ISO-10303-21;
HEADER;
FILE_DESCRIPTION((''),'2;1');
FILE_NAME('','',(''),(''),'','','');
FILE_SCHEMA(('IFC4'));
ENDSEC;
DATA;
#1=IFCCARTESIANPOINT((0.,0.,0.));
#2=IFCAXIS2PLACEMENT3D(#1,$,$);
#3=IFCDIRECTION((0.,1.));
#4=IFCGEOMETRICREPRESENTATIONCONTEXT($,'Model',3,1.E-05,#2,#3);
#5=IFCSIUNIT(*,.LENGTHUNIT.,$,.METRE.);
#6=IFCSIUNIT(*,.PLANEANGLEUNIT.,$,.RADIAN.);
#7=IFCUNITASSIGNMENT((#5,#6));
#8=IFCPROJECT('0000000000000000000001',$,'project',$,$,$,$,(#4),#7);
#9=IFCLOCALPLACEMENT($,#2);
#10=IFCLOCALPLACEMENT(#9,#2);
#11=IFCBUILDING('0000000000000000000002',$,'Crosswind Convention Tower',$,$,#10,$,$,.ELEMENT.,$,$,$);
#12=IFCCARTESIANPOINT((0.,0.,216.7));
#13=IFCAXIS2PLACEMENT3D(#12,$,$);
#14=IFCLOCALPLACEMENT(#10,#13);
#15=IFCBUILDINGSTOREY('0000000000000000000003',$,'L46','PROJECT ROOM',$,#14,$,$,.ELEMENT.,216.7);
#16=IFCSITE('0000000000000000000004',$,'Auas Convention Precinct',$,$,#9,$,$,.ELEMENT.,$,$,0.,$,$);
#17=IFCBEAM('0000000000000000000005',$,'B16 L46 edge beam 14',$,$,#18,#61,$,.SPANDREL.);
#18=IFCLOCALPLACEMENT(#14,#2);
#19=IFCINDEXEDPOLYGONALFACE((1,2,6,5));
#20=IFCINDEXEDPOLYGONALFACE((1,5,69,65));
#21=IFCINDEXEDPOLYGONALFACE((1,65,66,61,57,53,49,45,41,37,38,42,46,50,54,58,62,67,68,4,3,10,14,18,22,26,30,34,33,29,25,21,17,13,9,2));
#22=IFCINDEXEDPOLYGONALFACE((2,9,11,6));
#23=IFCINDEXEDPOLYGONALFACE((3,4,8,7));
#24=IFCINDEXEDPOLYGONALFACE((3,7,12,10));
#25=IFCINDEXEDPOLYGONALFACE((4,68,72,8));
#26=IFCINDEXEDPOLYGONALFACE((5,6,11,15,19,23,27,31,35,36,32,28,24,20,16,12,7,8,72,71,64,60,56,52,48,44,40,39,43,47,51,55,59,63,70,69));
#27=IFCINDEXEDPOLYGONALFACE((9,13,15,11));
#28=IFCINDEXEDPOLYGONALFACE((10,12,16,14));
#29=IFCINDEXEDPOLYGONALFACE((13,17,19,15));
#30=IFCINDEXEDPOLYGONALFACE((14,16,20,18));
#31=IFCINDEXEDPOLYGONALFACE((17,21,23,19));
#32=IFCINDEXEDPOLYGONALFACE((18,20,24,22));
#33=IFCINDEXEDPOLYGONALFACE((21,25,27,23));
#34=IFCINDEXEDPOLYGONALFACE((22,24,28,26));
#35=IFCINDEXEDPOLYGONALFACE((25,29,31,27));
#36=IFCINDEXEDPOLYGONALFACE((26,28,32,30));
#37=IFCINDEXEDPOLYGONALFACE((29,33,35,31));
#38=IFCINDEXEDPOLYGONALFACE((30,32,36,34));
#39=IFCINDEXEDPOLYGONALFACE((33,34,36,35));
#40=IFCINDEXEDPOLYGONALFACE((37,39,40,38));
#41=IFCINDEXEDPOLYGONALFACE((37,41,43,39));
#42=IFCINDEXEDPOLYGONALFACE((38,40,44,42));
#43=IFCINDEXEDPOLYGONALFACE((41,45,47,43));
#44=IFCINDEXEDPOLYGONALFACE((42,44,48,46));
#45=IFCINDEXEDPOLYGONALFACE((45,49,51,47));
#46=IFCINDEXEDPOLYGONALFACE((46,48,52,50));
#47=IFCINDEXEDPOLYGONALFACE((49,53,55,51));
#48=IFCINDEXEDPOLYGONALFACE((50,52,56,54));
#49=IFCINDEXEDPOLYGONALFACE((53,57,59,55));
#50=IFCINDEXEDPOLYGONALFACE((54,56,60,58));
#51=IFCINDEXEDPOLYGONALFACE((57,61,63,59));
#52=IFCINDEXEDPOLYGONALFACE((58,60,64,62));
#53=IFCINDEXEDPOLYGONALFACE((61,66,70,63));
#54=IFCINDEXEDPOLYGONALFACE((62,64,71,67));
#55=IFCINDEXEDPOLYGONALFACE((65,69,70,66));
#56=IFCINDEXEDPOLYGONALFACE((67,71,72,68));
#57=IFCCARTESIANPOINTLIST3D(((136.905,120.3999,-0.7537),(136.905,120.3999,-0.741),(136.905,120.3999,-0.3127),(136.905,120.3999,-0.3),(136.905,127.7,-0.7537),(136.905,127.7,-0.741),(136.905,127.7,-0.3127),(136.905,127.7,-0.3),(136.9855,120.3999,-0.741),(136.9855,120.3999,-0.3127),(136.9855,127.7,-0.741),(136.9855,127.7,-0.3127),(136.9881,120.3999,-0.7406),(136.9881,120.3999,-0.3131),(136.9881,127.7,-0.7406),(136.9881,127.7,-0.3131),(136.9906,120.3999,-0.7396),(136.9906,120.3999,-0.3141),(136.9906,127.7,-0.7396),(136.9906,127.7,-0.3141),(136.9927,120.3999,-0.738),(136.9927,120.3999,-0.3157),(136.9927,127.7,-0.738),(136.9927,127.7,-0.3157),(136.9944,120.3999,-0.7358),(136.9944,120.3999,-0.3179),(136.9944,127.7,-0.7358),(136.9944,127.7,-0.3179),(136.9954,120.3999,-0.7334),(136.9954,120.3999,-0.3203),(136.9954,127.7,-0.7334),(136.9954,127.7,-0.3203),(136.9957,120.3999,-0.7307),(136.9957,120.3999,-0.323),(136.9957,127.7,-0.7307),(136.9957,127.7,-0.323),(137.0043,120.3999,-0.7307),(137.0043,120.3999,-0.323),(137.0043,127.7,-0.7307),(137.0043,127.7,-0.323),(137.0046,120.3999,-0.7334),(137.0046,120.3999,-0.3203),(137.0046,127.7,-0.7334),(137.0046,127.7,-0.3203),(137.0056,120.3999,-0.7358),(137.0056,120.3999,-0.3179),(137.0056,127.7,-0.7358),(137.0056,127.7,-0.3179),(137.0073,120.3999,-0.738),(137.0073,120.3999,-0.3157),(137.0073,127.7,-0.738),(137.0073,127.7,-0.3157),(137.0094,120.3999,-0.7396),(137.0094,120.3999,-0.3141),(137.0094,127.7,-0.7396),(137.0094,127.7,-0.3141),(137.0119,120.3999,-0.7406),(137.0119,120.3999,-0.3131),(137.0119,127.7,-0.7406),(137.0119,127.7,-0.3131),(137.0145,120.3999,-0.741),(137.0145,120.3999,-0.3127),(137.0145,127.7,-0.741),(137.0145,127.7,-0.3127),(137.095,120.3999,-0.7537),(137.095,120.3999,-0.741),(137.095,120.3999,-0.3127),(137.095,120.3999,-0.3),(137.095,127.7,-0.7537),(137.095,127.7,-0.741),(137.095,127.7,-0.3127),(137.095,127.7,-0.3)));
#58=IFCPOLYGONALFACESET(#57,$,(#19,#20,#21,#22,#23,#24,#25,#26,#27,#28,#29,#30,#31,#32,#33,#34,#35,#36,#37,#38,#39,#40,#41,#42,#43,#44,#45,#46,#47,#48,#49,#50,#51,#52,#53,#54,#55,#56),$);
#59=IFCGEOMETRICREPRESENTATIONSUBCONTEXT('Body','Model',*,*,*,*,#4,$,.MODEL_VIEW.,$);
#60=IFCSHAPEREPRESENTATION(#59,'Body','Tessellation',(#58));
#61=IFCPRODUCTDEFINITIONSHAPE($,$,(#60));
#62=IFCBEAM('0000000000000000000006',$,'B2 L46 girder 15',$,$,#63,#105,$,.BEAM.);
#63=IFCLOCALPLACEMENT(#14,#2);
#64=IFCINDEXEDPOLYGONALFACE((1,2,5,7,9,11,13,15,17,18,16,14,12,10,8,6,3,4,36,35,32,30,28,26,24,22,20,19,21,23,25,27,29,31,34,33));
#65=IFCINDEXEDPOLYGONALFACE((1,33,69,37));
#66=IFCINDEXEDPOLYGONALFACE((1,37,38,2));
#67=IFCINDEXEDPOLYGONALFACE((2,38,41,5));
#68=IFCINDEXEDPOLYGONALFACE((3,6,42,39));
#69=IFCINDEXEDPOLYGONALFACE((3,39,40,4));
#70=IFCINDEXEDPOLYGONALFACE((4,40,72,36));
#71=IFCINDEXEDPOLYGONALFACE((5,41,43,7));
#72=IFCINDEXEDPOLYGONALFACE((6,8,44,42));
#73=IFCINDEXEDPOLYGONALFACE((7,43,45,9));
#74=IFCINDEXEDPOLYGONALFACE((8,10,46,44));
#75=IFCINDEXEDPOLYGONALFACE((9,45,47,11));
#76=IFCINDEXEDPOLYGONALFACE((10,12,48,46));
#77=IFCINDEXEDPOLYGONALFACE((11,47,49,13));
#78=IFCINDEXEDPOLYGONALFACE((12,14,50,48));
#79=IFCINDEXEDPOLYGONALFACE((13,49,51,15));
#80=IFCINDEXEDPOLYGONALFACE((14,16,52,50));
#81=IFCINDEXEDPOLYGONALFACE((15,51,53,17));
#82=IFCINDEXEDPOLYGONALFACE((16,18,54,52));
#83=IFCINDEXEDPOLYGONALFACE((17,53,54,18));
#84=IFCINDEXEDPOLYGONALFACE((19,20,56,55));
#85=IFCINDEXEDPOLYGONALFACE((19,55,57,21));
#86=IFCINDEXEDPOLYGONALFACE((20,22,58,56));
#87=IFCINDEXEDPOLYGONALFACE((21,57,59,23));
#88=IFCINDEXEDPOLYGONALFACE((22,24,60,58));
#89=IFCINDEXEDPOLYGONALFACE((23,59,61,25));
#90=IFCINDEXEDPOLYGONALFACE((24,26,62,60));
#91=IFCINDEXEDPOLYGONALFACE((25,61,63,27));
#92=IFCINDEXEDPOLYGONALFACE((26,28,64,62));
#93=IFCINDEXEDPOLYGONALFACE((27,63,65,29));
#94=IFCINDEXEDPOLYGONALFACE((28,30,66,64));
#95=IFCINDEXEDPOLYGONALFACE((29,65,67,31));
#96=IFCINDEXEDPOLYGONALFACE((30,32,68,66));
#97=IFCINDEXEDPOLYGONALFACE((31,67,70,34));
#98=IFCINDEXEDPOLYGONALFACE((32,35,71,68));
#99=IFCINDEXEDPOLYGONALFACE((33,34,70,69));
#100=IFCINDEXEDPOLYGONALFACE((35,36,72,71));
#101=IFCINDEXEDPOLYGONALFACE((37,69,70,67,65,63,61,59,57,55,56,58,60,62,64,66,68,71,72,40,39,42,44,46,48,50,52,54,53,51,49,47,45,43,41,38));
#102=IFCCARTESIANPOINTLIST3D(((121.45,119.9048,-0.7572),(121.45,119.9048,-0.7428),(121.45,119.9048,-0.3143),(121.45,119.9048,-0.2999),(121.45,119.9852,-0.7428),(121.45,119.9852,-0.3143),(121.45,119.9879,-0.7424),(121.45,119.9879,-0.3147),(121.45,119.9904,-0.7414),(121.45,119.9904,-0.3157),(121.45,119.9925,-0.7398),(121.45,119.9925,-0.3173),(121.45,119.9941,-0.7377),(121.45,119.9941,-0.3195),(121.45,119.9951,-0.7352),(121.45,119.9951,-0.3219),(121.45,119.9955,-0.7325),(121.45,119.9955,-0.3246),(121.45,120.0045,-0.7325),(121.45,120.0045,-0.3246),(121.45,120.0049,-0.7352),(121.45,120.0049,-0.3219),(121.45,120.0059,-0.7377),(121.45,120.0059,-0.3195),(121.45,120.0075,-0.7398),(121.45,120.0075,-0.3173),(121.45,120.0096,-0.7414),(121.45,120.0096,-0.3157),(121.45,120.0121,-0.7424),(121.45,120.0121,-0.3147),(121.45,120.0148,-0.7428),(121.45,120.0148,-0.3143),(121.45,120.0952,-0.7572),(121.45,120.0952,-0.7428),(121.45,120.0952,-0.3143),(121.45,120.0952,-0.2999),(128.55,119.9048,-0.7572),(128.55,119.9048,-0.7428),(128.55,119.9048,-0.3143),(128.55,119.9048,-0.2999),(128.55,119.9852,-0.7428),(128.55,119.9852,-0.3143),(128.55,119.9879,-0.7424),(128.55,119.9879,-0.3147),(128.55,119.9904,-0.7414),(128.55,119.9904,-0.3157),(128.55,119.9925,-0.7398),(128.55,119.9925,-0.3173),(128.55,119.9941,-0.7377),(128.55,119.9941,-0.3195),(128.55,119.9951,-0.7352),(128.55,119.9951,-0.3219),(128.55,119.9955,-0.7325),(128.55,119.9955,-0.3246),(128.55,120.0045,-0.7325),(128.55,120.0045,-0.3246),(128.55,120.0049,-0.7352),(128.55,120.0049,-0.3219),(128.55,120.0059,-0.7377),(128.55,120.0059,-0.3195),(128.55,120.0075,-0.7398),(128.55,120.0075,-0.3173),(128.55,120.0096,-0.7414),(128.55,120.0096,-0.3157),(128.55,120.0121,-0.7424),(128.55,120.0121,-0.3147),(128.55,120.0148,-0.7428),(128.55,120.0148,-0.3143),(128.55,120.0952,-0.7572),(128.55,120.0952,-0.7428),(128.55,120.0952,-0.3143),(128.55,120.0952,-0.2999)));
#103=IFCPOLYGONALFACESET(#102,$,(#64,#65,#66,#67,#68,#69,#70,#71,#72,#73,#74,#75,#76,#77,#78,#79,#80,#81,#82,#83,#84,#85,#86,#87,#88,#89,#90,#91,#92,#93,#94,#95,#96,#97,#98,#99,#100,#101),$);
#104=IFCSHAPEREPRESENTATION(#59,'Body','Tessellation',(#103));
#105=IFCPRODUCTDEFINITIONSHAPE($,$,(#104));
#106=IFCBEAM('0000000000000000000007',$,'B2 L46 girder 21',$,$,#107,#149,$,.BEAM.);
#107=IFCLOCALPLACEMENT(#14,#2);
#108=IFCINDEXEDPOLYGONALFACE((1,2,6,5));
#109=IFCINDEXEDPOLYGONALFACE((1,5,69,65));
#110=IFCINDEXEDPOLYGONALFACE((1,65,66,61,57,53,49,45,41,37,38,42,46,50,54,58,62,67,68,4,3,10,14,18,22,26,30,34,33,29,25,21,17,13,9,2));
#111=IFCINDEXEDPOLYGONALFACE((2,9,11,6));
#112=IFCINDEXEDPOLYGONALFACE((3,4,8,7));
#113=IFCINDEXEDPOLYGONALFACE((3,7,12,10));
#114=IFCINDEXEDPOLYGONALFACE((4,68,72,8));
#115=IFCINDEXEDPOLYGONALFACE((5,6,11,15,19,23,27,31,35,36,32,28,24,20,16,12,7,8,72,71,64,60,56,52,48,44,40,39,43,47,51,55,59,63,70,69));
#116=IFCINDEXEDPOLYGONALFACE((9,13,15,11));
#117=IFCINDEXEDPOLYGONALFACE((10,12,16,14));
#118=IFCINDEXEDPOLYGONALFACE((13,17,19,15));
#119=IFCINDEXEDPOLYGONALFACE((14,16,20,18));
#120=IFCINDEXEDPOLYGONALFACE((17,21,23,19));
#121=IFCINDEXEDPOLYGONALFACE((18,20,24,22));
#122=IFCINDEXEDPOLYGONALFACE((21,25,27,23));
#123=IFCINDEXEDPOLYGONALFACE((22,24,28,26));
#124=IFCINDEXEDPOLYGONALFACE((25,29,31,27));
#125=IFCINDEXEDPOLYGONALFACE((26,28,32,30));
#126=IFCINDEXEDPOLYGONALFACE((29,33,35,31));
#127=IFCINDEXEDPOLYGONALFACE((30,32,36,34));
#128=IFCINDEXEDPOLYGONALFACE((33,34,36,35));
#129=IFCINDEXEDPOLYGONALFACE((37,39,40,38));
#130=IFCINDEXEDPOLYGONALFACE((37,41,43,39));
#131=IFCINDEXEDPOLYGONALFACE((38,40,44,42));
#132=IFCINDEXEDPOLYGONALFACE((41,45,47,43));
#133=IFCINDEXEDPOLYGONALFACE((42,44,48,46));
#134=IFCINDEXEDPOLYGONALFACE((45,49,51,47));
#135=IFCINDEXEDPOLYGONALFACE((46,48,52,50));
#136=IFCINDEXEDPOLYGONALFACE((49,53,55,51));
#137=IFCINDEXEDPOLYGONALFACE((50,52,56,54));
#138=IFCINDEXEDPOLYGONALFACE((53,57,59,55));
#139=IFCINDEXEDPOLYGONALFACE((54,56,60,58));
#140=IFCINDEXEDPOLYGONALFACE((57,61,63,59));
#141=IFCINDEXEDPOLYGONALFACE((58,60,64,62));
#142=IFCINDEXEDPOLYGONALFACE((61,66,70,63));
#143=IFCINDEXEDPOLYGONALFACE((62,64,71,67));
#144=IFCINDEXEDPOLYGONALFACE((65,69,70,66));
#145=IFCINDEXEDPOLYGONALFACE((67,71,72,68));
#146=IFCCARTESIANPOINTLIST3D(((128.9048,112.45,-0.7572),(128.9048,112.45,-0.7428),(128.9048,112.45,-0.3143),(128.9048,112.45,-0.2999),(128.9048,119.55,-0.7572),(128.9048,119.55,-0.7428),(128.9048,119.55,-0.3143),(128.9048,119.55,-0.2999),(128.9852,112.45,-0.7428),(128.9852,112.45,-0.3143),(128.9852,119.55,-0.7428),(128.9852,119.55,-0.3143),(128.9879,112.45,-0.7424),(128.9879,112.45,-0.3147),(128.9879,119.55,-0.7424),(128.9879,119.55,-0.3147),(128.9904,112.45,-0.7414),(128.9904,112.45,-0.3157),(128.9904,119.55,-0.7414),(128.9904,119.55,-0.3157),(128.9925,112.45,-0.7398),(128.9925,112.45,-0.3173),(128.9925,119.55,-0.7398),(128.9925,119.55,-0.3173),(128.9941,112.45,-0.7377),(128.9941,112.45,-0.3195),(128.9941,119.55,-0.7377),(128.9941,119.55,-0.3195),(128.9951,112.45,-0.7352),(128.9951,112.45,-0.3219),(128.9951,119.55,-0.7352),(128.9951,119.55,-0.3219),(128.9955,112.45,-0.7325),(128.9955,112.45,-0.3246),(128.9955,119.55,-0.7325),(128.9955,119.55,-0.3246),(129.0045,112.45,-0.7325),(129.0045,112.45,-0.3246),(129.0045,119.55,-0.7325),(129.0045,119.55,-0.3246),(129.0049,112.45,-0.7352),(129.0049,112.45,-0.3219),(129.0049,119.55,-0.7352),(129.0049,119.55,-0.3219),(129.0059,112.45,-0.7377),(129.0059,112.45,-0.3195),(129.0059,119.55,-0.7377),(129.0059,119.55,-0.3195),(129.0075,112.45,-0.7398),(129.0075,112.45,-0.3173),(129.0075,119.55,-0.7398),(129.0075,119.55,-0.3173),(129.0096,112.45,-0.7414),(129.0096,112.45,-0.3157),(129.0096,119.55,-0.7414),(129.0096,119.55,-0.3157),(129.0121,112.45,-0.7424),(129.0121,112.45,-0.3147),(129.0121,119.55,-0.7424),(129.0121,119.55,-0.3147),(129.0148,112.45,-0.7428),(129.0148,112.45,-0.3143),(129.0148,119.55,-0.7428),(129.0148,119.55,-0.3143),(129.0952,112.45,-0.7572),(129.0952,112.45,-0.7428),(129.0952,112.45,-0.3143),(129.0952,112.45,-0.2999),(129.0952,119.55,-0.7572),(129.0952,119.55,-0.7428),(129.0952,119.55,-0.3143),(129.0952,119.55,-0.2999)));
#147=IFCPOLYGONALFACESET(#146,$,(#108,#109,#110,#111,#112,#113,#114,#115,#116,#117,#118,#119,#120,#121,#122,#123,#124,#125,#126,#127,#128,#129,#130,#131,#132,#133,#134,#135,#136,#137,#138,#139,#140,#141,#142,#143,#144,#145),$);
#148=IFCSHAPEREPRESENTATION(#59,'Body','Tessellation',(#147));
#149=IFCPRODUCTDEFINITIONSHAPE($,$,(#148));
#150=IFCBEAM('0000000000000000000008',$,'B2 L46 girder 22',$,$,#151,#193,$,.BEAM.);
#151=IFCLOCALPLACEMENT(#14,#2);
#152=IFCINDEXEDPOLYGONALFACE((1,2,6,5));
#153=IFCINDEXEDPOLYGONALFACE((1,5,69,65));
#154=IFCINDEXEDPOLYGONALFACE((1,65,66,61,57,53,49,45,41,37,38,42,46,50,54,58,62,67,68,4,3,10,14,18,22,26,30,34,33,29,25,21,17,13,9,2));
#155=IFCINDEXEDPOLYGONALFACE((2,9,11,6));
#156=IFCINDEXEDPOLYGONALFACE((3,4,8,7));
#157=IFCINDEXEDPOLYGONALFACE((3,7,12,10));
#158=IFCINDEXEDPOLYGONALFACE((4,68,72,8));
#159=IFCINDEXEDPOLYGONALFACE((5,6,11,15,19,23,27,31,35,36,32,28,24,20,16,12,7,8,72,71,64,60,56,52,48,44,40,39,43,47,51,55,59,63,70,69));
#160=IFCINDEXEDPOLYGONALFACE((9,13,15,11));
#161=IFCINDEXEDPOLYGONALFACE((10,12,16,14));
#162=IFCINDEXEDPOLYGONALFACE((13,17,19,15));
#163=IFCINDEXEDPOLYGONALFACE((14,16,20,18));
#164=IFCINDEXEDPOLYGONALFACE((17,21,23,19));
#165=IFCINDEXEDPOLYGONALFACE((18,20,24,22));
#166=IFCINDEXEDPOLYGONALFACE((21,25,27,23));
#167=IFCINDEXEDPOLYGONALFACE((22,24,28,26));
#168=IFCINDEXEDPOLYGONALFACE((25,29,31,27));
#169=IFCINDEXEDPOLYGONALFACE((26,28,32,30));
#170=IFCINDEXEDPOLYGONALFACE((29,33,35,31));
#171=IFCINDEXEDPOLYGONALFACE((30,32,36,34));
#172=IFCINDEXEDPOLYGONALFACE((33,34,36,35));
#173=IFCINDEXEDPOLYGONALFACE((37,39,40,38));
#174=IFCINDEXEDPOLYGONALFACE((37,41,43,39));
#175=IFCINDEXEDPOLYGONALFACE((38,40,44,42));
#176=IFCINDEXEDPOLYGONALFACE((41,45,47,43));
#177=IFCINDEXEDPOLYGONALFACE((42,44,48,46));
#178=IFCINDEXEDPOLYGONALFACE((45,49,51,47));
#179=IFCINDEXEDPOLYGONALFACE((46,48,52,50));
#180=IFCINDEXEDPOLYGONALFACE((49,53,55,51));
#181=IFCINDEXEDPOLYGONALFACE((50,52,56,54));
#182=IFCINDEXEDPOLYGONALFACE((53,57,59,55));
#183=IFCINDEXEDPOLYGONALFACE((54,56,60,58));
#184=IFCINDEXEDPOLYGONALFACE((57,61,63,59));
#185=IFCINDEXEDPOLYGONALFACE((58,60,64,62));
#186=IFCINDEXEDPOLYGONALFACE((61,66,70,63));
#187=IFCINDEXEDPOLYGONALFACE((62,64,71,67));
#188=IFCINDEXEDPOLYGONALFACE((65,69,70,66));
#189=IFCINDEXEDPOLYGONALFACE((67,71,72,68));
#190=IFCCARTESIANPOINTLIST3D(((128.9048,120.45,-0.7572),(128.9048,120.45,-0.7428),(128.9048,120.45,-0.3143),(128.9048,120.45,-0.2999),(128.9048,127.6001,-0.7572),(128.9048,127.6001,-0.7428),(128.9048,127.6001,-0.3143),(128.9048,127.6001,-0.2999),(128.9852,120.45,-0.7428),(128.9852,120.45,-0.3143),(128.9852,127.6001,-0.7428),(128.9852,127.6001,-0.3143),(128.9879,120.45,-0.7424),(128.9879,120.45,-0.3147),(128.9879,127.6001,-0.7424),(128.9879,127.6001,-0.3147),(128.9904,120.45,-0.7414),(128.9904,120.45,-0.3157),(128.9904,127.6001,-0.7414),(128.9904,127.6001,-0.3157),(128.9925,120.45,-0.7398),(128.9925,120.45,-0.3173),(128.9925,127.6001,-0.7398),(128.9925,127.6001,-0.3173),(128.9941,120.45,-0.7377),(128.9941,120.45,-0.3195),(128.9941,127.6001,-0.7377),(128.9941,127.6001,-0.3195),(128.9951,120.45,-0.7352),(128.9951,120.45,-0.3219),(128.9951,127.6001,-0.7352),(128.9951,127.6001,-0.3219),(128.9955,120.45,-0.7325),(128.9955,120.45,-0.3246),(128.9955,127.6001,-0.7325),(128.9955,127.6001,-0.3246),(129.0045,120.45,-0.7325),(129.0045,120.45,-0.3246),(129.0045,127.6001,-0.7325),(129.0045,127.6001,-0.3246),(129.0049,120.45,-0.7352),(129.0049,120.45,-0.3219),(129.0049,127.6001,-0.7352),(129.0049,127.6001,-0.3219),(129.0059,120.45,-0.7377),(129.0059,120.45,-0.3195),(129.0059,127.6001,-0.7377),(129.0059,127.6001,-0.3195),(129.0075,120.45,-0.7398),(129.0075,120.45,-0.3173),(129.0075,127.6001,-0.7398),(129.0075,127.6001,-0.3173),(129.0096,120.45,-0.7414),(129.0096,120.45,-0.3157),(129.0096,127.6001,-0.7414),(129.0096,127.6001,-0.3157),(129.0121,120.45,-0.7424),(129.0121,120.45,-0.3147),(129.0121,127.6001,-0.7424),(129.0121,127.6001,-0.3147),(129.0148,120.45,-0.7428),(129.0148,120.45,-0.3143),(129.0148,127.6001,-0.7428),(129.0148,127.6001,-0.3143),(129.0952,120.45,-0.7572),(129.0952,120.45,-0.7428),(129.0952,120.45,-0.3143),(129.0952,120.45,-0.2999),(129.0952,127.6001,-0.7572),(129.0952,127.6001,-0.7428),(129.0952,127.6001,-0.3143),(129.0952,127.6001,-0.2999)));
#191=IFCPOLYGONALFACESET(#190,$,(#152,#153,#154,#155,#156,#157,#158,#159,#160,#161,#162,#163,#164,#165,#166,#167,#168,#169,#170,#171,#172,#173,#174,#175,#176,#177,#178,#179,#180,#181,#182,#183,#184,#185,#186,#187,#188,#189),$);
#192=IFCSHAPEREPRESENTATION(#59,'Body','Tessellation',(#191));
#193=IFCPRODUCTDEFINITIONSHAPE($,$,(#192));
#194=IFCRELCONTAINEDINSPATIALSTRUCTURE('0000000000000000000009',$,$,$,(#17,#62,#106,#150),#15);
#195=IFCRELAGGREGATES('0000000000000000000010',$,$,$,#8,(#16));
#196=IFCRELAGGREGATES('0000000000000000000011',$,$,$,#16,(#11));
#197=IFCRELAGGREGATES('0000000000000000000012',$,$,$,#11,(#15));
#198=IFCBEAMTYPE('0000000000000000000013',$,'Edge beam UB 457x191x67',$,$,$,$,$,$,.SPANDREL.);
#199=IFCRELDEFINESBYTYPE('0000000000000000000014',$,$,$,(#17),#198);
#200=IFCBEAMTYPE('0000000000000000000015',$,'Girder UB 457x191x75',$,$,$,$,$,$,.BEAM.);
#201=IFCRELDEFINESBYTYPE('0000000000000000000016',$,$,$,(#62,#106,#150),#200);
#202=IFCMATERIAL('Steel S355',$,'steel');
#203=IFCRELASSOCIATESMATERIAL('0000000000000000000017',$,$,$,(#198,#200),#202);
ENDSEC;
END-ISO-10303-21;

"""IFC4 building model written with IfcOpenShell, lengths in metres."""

from ifc_helpers import new_model, si_unit, direction, frame, origin, origin_2d, place, context, subcontext, project, spatial, i_section, extrude, material, material_profile, profile_set, type_object, element, save


model = new_model("IFC4")

# Units and contexts
model_context = context("Model", 3, precision=1e-05, world=origin(), true_north=direction((0.0, 1.0)))
body_context = subcontext(model_context, "Body", "Model", "MODEL_VIEW")
ifc_project = project(units=[si_unit("LENGTHUNIT", "METRE"), si_unit("PLANEANGLEUNIT", "RADIAN")], contexts=[model_context])

# Site, building, storey
site_placement = place(None, origin())
site = spatial("IfcSite", under=ifc_project, at=site_placement, Name="Auas Convention Precinct", CompositionType="ELEMENT", RefElevation=0.0)
building_placement = place(site_placement, origin())
building = spatial("IfcBuilding", under=site, at=building_placement, Name="Crosswind Convention Tower", CompositionType="ELEMENT")
storey_placement = place(building_placement, frame((0.0, 0.0, 216.7)))
storey = spatial("IfcBuildingStorey", under=building, at=storey_placement, Name="L46", Description="PROJECT ROOM", CompositionType="ELEMENT", Elevation=216.7)

# Beams
ifc_material_1 = material(Name="Steel S355", Category="steel")
ifc_material_profile_1 = material_profile(ifc_material_1, i_section(OverallWidth=0.1899, OverallDepth=0.4536, WebThickness=0.0085, FlangeThickness=0.0127, FilletRadius=0.0103, at=origin_2d()), Name="UB 457x191x67")
ifc_profile_set_1 = profile_set([ifc_material_profile_1], Name="Steel S355")
beam_type_1 = type_object("IfcBeamType", Name="Edge beam UB 457x191x67", PredefinedType="SPANDREL", material=ifc_profile_set_1)
for number, where, z_axis, x_axis, name in (
    (1, (137.0, 120.3999, -0.5269), (0.0, 1.0, 0.0), (-1.0, 0.0, 0.0), "B16 L46 edge beam 14"),
):
    element("IfcBeam", number, at=place(storey_placement, frame(where, z_axis=z_axis, x_axis=x_axis)), inside=storey, type_object=beam_type_1, Name=name, PredefinedType="SPANDREL", context=body_context, shape_type="SweptSolid", body=[
        extrude(i_section(OverallWidth=0.1899, OverallDepth=0.4536, WebThickness=0.0085, FlangeThickness=0.0127, FilletRadius=0.0103, at=origin_2d()), origin(), (0.0, 0.0, 1.0), 7.3),
    ])
ifc_material_profile_2 = material_profile(ifc_material_1, i_section(OverallWidth=0.1904, OverallDepth=0.4573, WebThickness=0.009, FlangeThickness=0.0144, FilletRadius=0.0103, at=origin_2d()), Name="UB 457x191x75")
ifc_profile_set_2 = profile_set([ifc_material_profile_2], Name="Steel S355")
beam_type_2 = type_object("IfcBeamType", Name="Girder UB 457x191x75", PredefinedType="BEAM", material=ifc_profile_set_2)
for number, where, z_axis, x_axis, name in (
    (2, (121.45, 120.0, -0.5286), (1.0, 0.0, 0.0), (0.0, 1.0, 0.0), "B2 L46 girder 15"),
    (3, (129.0, 112.45, -0.5286), (0.0, 1.0, 0.0), (-1.0, 0.0, 0.0), "B2 L46 girder 21"),
):
    element("IfcBeam", number, at=place(storey_placement, frame(where, z_axis=z_axis, x_axis=x_axis)), inside=storey, type_object=beam_type_2, Name=name, PredefinedType="BEAM", context=body_context, shape_type="SweptSolid", body=[
        extrude(i_section(OverallWidth=0.1904, OverallDepth=0.4573, WebThickness=0.009, FlangeThickness=0.0144, FilletRadius=0.0103, at=origin_2d()), origin(), (0.0, 0.0, 1.0), 7.1001),
    ])
for number, where, z_axis, x_axis, name in (
    (4, (129.0, 120.45, -0.5286), (0.0, 1.0, 0.0), (-1.0, 0.0, 0.0), "B2 L46 girder 22"),
):
    element("IfcBeam", number, at=place(storey_placement, frame(where, z_axis=z_axis, x_axis=x_axis)), inside=storey, type_object=beam_type_2, Name=name, PredefinedType="BEAM", context=body_context, shape_type="SweptSolid", body=[
        extrude(i_section(OverallWidth=0.1904, OverallDepth=0.4573, WebThickness=0.009, FlangeThickness=0.0144, FilletRadius=0.0103, at=origin_2d()), origin(), (0.0, 0.0, 1.0), 7.1501),
    ])

save(model, "model.ifc")
